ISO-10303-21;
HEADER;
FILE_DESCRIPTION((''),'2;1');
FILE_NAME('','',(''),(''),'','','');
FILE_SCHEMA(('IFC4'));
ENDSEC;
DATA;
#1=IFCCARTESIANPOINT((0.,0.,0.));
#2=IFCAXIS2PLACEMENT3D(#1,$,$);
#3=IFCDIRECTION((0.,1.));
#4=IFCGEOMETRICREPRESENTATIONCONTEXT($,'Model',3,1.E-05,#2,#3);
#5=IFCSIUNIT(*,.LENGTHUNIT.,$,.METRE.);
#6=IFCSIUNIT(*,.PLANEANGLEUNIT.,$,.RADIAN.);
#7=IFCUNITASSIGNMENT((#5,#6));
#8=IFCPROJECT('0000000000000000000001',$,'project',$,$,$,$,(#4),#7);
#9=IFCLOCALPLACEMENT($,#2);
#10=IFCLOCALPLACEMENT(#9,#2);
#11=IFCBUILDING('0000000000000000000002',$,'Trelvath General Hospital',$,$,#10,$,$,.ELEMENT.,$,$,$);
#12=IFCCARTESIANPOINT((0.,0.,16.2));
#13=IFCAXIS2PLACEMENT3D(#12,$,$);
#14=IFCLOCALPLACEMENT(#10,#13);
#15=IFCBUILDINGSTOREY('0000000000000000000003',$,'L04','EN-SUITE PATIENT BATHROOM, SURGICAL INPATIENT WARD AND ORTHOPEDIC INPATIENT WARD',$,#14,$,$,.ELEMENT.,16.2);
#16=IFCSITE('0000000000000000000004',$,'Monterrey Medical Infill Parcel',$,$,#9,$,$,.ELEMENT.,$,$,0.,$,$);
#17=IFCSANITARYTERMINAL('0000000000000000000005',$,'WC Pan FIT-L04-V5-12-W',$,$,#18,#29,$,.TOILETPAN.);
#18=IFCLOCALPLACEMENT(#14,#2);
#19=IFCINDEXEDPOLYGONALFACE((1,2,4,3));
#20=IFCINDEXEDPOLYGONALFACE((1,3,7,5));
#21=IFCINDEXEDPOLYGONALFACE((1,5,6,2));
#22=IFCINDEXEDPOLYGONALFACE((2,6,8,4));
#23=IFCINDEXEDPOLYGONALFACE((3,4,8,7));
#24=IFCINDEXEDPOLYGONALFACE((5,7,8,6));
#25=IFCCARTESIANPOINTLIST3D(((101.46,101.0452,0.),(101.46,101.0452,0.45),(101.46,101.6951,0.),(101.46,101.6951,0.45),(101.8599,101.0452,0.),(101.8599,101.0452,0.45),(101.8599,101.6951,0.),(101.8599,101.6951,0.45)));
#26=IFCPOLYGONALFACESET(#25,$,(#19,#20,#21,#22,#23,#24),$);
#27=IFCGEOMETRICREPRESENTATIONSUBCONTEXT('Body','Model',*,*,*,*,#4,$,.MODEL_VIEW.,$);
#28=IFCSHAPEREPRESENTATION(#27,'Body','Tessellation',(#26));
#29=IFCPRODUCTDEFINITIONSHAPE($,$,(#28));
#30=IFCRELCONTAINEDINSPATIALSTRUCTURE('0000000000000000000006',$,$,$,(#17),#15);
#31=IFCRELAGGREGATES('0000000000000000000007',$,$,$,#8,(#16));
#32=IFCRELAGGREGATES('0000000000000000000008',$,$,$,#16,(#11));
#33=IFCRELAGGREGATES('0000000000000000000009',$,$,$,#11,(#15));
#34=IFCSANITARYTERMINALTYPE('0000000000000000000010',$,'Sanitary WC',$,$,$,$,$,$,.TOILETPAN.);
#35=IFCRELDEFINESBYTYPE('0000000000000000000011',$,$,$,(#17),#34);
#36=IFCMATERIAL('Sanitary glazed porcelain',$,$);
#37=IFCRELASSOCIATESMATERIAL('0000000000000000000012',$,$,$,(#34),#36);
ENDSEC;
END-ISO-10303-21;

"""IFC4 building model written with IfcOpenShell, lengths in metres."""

from ifc_helpers import new_model, si_unit, direction, frame, origin, origin_2d, place, context, subcontext, project, spatial, rectangle, extrude, material, type_object, element, save


model = new_model("IFC4")

# Units and contexts
model_context = context("Model", 3, precision=1e-05, world=origin(), true_north=direction((0.0, 1.0)))
body_context = subcontext(model_context, "Body", "Model", "MODEL_VIEW")
ifc_project = project(units=[si_unit("LENGTHUNIT", "METRE"), si_unit("PLANEANGLEUNIT", "RADIAN")], contexts=[model_context])

# Site, building, storey
site_placement = place(None, origin())
site = spatial("IfcSite", under=ifc_project, at=site_placement, Name="Monterrey Medical Infill Parcel", CompositionType="ELEMENT", RefElevation=0.0)
building_placement = place(site_placement, origin())
building = spatial("IfcBuilding", under=site, at=building_placement, Name="Trelvath General Hospital", CompositionType="ELEMENT")
storey_placement = place(building_placement, frame((0.0, 0.0, 16.2)))
storey = spatial("IfcBuildingStorey", under=building, at=storey_placement, Name="L04", Description="EN-SUITE PATIENT BATHROOM, SURGICAL INPATIENT WARD AND ORTHOPEDIC INPATIENT WARD", CompositionType="ELEMENT", Elevation=16.2)

# Sanitary terminal
ifc_material_1 = material(Name="Sanitary glazed porcelain")
sanitary_terminal_type_1 = type_object("IfcSanitaryTerminalType", Name="Sanitary WC", PredefinedType="TOILETPAN", material=ifc_material_1)
sanitary_terminal_1_placement = place(storey_placement, frame((101.6599, 101.3701, 0.0), z_axis=(0.0, 0.0, 1.0), x_axis=(1.0, 0.0, 0.0)))
element("IfcSanitaryTerminal", 1, at=sanitary_terminal_1_placement, inside=storey, type_object=sanitary_terminal_type_1, Name="WC Pan FIT-L04-V5-12-W", PredefinedType="TOILETPAN", context=body_context, shape_type="SweptSolid", body=[
    extrude(rectangle(XDim=0.3999, YDim=0.6499, at=origin_2d()), origin(), (0.0, 0.0, 1.0), 0.45),
])

save(model, "model.ifc")
